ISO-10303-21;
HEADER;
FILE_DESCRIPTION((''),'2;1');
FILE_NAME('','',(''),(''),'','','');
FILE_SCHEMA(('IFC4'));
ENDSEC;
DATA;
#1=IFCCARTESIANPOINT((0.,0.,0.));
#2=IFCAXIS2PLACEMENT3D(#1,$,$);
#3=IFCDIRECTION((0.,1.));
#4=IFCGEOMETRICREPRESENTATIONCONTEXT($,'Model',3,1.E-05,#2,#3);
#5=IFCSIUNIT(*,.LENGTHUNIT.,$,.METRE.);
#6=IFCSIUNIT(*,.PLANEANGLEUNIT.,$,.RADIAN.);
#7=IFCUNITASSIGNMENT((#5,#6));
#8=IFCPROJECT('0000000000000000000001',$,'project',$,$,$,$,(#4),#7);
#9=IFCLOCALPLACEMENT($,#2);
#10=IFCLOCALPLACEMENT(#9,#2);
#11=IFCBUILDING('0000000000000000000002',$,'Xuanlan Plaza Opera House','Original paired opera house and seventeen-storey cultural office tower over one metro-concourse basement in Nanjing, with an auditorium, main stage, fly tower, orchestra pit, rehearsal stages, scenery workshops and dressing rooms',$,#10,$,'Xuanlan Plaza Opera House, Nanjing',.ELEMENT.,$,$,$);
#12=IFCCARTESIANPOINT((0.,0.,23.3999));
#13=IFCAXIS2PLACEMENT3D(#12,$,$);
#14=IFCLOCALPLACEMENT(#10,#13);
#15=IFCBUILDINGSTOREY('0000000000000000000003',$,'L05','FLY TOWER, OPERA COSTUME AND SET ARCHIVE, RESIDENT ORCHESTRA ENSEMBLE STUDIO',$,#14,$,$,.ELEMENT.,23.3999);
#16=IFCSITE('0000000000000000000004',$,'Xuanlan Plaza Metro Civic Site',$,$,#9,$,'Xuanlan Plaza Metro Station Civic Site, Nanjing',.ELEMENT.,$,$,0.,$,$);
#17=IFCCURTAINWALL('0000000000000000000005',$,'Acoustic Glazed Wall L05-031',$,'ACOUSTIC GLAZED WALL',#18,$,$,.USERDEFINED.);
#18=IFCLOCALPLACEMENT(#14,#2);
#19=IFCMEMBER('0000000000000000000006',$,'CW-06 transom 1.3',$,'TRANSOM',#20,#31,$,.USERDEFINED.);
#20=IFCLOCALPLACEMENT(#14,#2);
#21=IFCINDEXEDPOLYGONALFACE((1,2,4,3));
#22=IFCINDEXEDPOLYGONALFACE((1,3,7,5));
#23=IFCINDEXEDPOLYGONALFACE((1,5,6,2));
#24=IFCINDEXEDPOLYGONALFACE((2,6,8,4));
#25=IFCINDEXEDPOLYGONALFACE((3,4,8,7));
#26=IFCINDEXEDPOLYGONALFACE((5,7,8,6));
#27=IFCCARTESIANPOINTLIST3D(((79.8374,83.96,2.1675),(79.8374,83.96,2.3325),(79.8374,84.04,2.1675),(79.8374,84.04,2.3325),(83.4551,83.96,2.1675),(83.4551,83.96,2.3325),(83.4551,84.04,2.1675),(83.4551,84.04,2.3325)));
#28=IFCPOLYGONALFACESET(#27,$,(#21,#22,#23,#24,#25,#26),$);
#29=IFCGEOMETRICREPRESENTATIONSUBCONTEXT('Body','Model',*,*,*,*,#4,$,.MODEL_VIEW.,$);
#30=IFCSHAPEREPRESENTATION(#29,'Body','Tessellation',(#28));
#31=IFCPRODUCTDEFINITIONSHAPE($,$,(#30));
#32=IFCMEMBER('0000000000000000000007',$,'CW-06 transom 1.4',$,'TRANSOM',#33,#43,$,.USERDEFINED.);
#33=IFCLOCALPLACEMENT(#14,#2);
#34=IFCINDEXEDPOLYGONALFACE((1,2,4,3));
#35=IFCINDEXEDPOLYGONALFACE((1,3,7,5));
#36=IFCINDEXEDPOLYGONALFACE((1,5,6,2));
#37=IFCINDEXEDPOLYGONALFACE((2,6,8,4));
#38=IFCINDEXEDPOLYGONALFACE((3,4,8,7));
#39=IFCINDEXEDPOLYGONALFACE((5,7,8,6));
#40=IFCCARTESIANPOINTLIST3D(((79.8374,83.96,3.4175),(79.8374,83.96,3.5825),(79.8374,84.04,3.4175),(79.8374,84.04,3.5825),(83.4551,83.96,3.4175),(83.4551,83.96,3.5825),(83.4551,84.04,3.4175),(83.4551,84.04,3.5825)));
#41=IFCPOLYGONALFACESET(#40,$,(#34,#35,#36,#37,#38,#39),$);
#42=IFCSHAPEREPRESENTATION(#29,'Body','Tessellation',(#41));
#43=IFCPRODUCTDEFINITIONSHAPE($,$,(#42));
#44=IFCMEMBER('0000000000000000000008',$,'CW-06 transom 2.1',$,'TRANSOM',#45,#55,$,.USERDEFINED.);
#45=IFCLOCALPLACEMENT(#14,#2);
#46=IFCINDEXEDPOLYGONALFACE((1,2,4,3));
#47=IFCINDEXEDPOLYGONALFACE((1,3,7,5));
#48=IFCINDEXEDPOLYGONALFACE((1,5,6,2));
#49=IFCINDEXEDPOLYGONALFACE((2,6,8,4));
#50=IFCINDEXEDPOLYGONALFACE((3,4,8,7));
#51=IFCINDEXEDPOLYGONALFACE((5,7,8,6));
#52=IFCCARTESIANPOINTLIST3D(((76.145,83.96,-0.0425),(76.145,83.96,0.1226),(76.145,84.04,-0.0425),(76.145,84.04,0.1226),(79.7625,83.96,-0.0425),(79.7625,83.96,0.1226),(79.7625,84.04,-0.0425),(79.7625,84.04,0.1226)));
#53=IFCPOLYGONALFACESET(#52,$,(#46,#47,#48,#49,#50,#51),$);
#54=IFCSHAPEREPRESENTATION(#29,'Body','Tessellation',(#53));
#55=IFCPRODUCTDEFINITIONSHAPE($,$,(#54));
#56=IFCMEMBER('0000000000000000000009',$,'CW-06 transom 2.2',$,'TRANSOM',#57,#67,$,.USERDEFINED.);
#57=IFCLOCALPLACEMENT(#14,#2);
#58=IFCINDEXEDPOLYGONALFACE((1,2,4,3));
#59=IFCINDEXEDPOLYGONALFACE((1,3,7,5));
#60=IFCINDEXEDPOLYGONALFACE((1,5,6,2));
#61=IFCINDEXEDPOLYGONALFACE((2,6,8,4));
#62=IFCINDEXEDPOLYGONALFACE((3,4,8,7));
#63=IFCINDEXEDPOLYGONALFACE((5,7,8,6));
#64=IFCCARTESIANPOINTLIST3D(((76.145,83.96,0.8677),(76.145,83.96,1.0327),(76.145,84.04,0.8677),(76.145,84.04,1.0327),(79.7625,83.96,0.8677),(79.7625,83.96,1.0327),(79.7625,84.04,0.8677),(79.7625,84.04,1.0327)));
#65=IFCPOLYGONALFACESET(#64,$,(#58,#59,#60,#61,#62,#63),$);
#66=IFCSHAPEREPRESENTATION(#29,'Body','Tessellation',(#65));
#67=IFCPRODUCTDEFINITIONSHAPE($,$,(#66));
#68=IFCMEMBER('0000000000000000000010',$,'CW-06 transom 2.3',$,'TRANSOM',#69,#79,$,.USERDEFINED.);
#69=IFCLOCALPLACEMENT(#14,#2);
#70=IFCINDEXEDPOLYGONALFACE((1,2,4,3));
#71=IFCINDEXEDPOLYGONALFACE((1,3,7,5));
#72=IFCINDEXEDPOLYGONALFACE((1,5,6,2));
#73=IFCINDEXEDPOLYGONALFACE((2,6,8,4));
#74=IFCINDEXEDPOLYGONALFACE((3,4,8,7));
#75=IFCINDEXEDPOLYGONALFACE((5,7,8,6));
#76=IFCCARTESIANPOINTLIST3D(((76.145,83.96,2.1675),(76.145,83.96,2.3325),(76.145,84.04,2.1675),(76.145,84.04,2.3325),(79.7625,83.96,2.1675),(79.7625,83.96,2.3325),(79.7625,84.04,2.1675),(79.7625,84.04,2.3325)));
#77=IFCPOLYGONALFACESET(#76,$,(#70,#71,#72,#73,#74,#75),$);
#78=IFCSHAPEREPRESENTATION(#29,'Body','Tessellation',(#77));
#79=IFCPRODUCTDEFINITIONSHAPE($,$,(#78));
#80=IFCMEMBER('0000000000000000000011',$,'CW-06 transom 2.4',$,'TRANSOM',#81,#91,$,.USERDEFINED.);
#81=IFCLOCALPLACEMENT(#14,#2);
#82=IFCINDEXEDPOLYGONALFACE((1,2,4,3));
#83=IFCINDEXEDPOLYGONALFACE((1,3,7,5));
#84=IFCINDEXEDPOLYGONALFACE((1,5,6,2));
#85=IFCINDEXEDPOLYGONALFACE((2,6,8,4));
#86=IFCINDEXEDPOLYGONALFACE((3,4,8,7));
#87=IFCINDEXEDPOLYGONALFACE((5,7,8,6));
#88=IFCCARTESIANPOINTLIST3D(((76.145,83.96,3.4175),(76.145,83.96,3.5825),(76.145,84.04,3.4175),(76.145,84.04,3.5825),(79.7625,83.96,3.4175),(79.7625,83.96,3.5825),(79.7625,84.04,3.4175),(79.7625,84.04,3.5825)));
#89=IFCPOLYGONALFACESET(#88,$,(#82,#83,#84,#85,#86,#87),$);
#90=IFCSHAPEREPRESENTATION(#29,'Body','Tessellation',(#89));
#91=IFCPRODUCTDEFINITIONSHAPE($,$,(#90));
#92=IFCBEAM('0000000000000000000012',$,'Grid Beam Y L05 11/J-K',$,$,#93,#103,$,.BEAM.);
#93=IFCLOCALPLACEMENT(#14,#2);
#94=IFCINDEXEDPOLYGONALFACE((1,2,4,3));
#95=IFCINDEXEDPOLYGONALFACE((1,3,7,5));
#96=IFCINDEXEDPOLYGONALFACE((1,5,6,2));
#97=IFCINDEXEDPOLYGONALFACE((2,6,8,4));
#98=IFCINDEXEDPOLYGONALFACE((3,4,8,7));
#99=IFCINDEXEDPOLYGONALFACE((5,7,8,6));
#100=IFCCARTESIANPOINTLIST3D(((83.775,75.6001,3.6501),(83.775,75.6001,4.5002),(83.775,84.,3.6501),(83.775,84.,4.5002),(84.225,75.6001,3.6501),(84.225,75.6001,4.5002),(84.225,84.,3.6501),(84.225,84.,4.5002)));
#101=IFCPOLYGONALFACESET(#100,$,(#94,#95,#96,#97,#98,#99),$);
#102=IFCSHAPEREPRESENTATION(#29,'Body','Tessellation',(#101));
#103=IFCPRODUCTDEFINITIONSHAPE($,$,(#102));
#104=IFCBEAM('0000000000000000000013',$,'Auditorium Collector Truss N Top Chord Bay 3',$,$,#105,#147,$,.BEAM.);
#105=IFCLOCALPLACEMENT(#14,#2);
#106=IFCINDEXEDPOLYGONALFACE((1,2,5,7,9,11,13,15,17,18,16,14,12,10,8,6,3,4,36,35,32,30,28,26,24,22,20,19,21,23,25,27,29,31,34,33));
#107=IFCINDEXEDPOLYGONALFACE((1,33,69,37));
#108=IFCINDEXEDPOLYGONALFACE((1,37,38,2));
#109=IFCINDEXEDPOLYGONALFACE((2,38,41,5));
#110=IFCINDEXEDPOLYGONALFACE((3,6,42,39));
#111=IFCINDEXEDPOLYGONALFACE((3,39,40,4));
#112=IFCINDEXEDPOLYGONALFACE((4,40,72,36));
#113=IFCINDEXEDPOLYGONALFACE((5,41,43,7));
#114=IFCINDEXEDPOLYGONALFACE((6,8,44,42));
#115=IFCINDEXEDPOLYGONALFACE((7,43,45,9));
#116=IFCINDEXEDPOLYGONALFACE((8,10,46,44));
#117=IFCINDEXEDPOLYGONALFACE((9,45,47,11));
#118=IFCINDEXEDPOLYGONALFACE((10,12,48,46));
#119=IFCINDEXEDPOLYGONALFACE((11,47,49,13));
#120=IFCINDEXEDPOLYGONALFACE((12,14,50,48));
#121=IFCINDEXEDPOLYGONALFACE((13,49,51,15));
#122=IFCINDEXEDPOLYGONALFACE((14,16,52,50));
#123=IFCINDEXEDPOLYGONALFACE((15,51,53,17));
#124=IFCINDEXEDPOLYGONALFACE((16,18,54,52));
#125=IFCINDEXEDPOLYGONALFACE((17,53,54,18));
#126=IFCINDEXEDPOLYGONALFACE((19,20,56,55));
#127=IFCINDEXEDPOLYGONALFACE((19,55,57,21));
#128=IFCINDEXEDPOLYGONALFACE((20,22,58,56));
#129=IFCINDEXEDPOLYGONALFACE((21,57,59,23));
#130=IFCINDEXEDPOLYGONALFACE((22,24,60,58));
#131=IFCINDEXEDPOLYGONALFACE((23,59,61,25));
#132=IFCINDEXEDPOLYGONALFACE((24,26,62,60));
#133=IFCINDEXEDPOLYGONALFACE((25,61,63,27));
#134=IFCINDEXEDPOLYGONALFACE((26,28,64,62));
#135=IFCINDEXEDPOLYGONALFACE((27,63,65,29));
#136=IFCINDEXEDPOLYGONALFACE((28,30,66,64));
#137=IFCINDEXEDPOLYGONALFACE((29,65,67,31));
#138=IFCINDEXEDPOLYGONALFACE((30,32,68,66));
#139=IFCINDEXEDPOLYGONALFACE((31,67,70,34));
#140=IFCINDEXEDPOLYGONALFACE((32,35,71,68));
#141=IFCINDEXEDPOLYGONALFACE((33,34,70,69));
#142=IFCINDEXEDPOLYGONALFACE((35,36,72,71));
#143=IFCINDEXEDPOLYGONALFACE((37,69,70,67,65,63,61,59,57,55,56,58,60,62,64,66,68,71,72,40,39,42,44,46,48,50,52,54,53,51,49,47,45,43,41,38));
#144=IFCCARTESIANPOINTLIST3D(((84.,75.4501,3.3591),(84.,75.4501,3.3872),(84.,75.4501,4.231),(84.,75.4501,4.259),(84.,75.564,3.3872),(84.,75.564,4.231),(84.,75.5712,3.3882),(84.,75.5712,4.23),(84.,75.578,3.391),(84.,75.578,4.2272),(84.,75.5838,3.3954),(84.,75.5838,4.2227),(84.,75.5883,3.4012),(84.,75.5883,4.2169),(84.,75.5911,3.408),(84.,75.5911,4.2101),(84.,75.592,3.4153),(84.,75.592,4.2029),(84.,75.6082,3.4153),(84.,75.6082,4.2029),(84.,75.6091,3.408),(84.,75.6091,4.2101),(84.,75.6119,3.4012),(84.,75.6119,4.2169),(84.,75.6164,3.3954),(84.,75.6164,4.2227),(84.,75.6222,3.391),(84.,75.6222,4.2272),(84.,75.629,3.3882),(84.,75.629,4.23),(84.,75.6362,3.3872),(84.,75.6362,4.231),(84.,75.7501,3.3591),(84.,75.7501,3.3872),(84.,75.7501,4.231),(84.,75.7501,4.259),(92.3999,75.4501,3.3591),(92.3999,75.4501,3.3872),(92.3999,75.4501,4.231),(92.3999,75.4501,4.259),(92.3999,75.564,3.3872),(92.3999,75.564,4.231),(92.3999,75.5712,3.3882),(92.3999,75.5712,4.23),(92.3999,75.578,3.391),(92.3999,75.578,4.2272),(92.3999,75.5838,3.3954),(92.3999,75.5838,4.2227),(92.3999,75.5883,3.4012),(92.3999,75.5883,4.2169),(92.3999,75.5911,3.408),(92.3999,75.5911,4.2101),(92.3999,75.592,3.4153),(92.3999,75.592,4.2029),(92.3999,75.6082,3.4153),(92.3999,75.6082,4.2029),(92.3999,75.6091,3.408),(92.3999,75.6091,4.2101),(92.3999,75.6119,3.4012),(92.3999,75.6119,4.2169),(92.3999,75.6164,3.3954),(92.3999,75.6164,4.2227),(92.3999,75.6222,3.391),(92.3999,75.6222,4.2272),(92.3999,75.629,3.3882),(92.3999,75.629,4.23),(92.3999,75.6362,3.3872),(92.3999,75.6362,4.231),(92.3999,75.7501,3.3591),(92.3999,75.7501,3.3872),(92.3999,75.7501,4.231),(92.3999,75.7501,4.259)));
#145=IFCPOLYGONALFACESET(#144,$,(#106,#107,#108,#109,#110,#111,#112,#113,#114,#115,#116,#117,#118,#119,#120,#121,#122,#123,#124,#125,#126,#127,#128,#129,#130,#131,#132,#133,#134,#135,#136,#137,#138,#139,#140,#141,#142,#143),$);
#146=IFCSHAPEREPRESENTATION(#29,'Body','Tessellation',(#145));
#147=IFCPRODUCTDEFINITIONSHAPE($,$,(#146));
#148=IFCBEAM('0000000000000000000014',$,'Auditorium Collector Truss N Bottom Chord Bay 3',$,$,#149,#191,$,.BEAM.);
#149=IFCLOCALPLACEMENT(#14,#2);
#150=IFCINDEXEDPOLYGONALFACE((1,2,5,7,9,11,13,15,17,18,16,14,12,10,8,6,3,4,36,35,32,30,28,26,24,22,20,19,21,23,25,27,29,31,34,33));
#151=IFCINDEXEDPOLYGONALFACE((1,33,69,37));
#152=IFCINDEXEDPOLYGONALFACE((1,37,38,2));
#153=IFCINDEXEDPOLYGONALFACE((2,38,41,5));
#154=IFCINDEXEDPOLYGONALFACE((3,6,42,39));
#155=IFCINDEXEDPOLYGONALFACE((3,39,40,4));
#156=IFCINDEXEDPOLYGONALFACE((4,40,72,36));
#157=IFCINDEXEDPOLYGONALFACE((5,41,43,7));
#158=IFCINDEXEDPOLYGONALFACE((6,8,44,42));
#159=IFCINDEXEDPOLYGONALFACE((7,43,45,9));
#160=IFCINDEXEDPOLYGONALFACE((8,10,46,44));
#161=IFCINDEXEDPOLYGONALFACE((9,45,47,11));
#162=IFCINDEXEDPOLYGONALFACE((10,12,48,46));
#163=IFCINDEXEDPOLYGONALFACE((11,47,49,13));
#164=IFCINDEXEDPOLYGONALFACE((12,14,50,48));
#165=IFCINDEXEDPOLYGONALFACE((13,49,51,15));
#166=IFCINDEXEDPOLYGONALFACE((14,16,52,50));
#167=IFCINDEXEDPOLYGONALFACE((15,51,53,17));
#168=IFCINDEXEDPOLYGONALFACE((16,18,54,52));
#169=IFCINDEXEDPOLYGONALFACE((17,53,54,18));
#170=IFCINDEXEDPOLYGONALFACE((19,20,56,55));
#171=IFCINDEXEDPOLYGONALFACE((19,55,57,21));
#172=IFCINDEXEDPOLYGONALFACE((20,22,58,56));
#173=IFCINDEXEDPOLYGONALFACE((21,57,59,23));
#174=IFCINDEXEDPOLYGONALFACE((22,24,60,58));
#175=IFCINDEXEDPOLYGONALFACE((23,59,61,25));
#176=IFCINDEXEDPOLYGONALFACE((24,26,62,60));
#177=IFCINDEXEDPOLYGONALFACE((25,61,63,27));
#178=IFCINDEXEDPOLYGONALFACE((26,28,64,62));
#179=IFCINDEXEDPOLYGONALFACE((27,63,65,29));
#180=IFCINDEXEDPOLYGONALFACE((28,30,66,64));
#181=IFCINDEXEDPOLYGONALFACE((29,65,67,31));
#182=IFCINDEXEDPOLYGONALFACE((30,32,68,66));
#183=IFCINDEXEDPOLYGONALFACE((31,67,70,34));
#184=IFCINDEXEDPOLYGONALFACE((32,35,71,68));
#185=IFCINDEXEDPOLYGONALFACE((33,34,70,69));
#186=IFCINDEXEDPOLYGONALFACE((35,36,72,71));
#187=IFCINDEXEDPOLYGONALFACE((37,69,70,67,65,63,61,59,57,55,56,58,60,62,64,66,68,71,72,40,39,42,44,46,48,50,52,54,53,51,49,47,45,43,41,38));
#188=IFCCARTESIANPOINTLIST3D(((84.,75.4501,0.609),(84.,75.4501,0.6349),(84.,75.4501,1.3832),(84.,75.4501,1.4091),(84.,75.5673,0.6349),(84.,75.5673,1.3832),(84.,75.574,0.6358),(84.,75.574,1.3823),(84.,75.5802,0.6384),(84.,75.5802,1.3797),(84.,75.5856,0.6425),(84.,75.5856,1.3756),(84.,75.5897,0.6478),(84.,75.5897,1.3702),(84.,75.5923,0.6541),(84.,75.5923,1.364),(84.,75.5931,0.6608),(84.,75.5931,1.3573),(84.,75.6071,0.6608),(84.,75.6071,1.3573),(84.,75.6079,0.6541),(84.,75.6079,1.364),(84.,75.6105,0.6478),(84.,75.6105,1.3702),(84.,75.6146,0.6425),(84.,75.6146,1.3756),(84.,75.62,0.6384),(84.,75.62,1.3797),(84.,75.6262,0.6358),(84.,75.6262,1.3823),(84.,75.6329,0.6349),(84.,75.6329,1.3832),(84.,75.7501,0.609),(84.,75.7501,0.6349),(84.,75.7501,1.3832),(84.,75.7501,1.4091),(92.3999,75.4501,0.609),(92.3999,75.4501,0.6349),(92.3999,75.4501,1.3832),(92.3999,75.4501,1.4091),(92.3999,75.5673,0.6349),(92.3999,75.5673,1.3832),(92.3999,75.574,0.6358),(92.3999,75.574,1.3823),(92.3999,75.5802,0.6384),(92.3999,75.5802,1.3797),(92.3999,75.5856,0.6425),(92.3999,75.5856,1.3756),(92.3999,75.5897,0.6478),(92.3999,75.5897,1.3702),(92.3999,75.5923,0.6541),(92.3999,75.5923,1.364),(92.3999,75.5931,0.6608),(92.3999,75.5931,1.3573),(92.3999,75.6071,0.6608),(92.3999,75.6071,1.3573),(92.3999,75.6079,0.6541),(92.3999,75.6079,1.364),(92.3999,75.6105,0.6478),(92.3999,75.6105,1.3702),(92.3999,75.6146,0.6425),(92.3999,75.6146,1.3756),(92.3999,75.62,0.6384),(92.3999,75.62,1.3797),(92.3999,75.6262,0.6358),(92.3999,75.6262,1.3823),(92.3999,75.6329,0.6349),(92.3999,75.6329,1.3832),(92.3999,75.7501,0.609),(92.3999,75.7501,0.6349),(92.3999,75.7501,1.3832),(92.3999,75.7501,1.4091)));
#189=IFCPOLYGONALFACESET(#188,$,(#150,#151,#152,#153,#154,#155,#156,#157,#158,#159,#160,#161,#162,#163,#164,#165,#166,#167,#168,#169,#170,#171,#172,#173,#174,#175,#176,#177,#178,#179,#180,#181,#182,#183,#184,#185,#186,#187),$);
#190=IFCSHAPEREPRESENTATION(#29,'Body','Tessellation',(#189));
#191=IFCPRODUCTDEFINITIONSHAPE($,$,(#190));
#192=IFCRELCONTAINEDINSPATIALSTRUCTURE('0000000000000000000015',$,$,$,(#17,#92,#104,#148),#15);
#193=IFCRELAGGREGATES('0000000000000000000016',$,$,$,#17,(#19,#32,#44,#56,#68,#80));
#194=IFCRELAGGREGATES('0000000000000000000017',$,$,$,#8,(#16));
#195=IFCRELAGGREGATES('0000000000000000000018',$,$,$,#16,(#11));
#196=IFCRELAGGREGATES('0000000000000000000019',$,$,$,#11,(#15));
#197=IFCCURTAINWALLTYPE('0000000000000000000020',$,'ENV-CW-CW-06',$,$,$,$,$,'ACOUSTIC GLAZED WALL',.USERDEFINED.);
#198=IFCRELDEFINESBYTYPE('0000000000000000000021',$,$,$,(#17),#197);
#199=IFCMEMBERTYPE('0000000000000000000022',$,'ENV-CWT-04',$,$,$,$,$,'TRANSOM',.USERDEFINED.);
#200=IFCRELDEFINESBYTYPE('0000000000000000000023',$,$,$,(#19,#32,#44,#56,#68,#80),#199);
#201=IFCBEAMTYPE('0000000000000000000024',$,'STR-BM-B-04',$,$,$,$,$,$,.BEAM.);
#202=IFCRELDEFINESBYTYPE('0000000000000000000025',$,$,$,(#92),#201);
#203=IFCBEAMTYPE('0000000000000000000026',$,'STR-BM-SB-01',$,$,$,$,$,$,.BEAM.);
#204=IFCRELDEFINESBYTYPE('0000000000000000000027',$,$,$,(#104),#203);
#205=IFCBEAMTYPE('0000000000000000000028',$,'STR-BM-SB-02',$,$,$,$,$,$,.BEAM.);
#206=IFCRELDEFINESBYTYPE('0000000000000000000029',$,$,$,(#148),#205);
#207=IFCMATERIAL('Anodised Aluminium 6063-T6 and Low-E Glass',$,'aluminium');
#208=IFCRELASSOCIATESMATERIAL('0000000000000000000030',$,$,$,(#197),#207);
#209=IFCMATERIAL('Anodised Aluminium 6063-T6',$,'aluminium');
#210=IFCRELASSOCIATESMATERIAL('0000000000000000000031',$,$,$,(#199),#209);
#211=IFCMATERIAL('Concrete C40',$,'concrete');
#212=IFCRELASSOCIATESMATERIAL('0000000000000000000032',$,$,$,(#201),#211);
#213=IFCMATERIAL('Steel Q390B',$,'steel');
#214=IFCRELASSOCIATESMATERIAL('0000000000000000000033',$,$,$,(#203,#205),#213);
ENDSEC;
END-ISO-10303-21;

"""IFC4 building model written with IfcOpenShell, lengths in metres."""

from ifc_helpers import new_model, si_unit, direction, frame, origin, origin_2d, place, context, subcontext, project, spatial, rectangle, i_section, extrude, material, material_profile, profile_set, type_object, element, aggregate, save


model = new_model("IFC4")

# Units and contexts
model_context = context("Model", 3, precision=1e-05, world=origin(), true_north=direction((0.0, 1.0)))
body_context = subcontext(model_context, "Body", "Model", "MODEL_VIEW")
ifc_project = project(units=[si_unit("LENGTHUNIT", "METRE"), si_unit("PLANEANGLEUNIT", "RADIAN")], contexts=[model_context])

# Site, building, storey
site_placement = place(None, origin())
site = spatial("IfcSite", under=ifc_project, at=site_placement, Name="Xuanlan Plaza Metro Civic Site", LongName="Xuanlan Plaza Metro Station Civic Site, Nanjing", CompositionType="ELEMENT", RefElevation=0.0)
building_placement = place(site_placement, origin())
building = spatial("IfcBuilding", under=site, at=building_placement, Name="Xuanlan Plaza Opera House", Description="Original paired opera house and seventeen-storey cultural office tower over one metro-concourse basement in Nanjing, with an auditorium, main stage, fly tower, orchestra pit, rehearsal stages, scenery workshops and dressing rooms", LongName="Xuanlan Plaza Opera House, Nanjing", CompositionType="ELEMENT")
storey_placement = place(building_placement, frame((0.0, 0.0, 23.3999)))
storey = spatial("IfcBuildingStorey", under=building, at=storey_placement, Name="L05", Description="FLY TOWER, OPERA COSTUME AND SET ARCHIVE, RESIDENT ORCHESTRA ENSEMBLE STUDIO", CompositionType="ELEMENT", Elevation=23.3999)

# Shared definitions
ifc_material_1 = material(Name="Concrete C40", Category="concrete")

# Shared definitions
ifc_material_2 = material(Name="Anodised Aluminium 6063-T6 and Low-E Glass", Category="aluminium")
ifc_material_3 = material(Name="Anodised Aluminium 6063-T6", Category="aluminium")

# Curtain wall
curtain_wall_type_1 = type_object("IfcCurtainWallType", Name="ENV-CW-CW-06", ElementType="ACOUSTIC GLAZED WALL", PredefinedType="USERDEFINED", material=ifc_material_2)
curtain_wall_1_placement = place(storey_placement, origin())
curtain_wall_1 = element("IfcCurtainWall", 1, at=curtain_wall_1_placement, inside=storey, type_object=curtain_wall_type_1, Name="Acoustic Glazed Wall L05-031", ObjectType="ACOUSTIC GLAZED WALL", PredefinedType="USERDEFINED")

# Members
ifc_material_profile_1 = material_profile(ifc_material_3, rectangle(XDim=0.0801, YDim=0.165, at=origin_2d()), Name="ALU-T 80x165")
ifc_profile_set_1 = profile_set([ifc_material_profile_1], Name="Anodised Aluminium 6063-T6")
member_type_1 = type_object("IfcMemberType", Name="ENV-CWT-04", ElementType="TRANSOM", PredefinedType="USERDEFINED", material=ifc_profile_set_1)
member_1_placement = place(storey_placement, frame((83.4551, 84.0, 2.25), z_axis=(-1.0, 0.0, 0.0), x_axis=(0.0, -1.0, 0.0)))
member_1 = element("IfcMember", 2, at=member_1_placement, type_object=member_type_1, Name="CW-06 transom 1.3", ObjectType="TRANSOM", PredefinedType="USERDEFINED", context=body_context, shape_type="SweptSolid", body=[
    extrude(rectangle(XDim=0.0801, YDim=0.165, at=origin_2d()), origin(), (0.0, 0.0, 1.0), 3.6177),
])
member_2_placement = place(storey_placement, frame((83.4551, 84.0, 3.5), z_axis=(-1.0, 0.0, 0.0), x_axis=(0.0, -1.0, 0.0)))
member_2 = element("IfcMember", 3, at=member_2_placement, type_object=member_type_1, Name="CW-06 transom 1.4", ObjectType="TRANSOM", PredefinedType="USERDEFINED", context=body_context, shape_type="SweptSolid", body=[
    extrude(rectangle(XDim=0.0801, YDim=0.165, at=origin_2d()), origin(), (0.0, 0.0, 1.0), 3.6177),
])
member_3_placement = place(storey_placement, frame((79.7625, 84.0, 0.04), z_axis=(-1.0, 0.0, 0.0), x_axis=(0.0, -1.0, 0.0)))
member_3 = element("IfcMember", 4, at=member_3_placement, type_object=member_type_1, Name="CW-06 transom 2.1", ObjectType="TRANSOM", PredefinedType="USERDEFINED", context=body_context, shape_type="SweptSolid", body=[
    extrude(rectangle(XDim=0.0801, YDim=0.165, at=origin_2d()), origin(), (0.0, 0.0, 1.0), 3.6174),
])
member_4_placement = place(storey_placement, frame((79.7625, 84.0, 0.9502), z_axis=(-1.0, 0.0, 0.0), x_axis=(0.0, -1.0, 0.0)))
member_4 = element("IfcMember", 5, at=member_4_placement, type_object=member_type_1, Name="CW-06 transom 2.2", ObjectType="TRANSOM", PredefinedType="USERDEFINED", context=body_context, shape_type="SweptSolid", body=[
    extrude(rectangle(XDim=0.0801, YDim=0.165, at=origin_2d()), origin(), (0.0, 0.0, 1.0), 3.6174),
])
member_5_placement = place(storey_placement, frame((79.7625, 84.0, 2.25), z_axis=(-1.0, 0.0, 0.0), x_axis=(0.0, -1.0, 0.0)))
member_5 = element("IfcMember", 6, at=member_5_placement, type_object=member_type_1, Name="CW-06 transom 2.3", ObjectType="TRANSOM", PredefinedType="USERDEFINED", context=body_context, shape_type="SweptSolid", body=[
    extrude(rectangle(XDim=0.0801, YDim=0.165, at=origin_2d()), origin(), (0.0, 0.0, 1.0), 3.6174),
])
member_6_placement = place(storey_placement, frame((79.7625, 84.0, 3.5), z_axis=(-1.0, 0.0, 0.0), x_axis=(0.0, -1.0, 0.0)))
member_6 = element("IfcMember", 7, at=member_6_placement, type_object=member_type_1, Name="CW-06 transom 2.4", ObjectType="TRANSOM", PredefinedType="USERDEFINED", context=body_context, shape_type="SweptSolid", body=[
    extrude(rectangle(XDim=0.0801, YDim=0.165, at=origin_2d()), origin(), (0.0, 0.0, 1.0), 3.6174),
])

# Beams
ifc_material_profile_2 = material_profile(ifc_material_1, rectangle(XDim=0.45, YDim=0.8501, at=origin_2d()), Name="RC-BM 450x850")
ifc_profile_set_2 = profile_set([ifc_material_profile_2], Name="Concrete C40")
beam_type_1 = type_object("IfcBeamType", Name="STR-BM-B-04", PredefinedType="BEAM", material=ifc_profile_set_2)
beam_1_placement = place(storey_placement, frame((84.0, 75.6001, 4.0752), z_axis=(0.0, 1.0, 0.0), x_axis=(-1.0, 0.0, 0.0)))
element("IfcBeam", 8, at=beam_1_placement, inside=storey, type_object=beam_type_1, Name="Grid Beam Y L05 11/J-K", PredefinedType="BEAM", context=body_context, shape_type="SweptSolid", body=[
    extrude(rectangle(XDim=0.45, YDim=0.8501, at=origin_2d()), origin(), (0.0, 0.0, 1.0), 8.3999),
])
ifc_material_4 = material(Name="Steel Q390B", Category="steel")
ifc_material_profile_3 = material_profile(ifc_material_4, i_section(OverallWidth=0.3, OverallDepth=0.8999, WebThickness=0.0161, FlangeThickness=0.0281, FilletRadius=0.0281, at=origin_2d()), Name="HN 900x300x16x28")
ifc_profile_set_3 = profile_set([ifc_material_profile_3], Name="Steel Q390B")
beam_type_2 = type_object("IfcBeamType", Name="STR-BM-SB-01", PredefinedType="BEAM", material=ifc_profile_set_3)
beam_2_placement = place(storey_placement, frame((84.0, 75.6001, 3.8091), z_axis=(1.0, 0.0, 0.0), x_axis=(0.0, 1.0, 0.0)))
element("IfcBeam", 9, at=beam_2_placement, inside=storey, type_object=beam_type_2, Name="Auditorium Collector Truss N Top Chord Bay 3", PredefinedType="BEAM", context=body_context, shape_type="SweptSolid", body=[
    extrude(i_section(OverallWidth=0.3, OverallDepth=0.8999, WebThickness=0.0161, FlangeThickness=0.0281, FilletRadius=0.0281, at=origin_2d()), origin(), (0.0, 0.0, 1.0), 8.3999),
])
ifc_material_profile_4 = material_profile(ifc_material_4, i_section(OverallWidth=0.3, OverallDepth=0.8, WebThickness=0.0139, FlangeThickness=0.0259, FilletRadius=0.0259, at=origin_2d()), Name="HN 800x300x14x26")
ifc_profile_set_4 = profile_set([ifc_material_profile_4], Name="Steel Q390B")
beam_type_3 = type_object("IfcBeamType", Name="STR-BM-SB-02", PredefinedType="BEAM", material=ifc_profile_set_4)
beam_3_placement = place(storey_placement, frame((84.0, 75.6001, 1.009), z_axis=(1.0, 0.0, 0.0), x_axis=(0.0, 1.0, 0.0)))
element("IfcBeam", 10, at=beam_3_placement, inside=storey, type_object=beam_type_3, Name="Auditorium Collector Truss N Bottom Chord Bay 3", PredefinedType="BEAM", context=body_context, shape_type="SweptSolid", body=[
    extrude(i_section(OverallWidth=0.3, OverallDepth=0.8, WebThickness=0.0139, FlangeThickness=0.0259, FilletRadius=0.0259, at=origin_2d()), origin(), (0.0, 0.0, 1.0), 8.3999),
])

aggregate(curtain_wall_1, [member_1, member_2, member_3, member_4, member_5, member_6])

save(model, "model.ifc")
